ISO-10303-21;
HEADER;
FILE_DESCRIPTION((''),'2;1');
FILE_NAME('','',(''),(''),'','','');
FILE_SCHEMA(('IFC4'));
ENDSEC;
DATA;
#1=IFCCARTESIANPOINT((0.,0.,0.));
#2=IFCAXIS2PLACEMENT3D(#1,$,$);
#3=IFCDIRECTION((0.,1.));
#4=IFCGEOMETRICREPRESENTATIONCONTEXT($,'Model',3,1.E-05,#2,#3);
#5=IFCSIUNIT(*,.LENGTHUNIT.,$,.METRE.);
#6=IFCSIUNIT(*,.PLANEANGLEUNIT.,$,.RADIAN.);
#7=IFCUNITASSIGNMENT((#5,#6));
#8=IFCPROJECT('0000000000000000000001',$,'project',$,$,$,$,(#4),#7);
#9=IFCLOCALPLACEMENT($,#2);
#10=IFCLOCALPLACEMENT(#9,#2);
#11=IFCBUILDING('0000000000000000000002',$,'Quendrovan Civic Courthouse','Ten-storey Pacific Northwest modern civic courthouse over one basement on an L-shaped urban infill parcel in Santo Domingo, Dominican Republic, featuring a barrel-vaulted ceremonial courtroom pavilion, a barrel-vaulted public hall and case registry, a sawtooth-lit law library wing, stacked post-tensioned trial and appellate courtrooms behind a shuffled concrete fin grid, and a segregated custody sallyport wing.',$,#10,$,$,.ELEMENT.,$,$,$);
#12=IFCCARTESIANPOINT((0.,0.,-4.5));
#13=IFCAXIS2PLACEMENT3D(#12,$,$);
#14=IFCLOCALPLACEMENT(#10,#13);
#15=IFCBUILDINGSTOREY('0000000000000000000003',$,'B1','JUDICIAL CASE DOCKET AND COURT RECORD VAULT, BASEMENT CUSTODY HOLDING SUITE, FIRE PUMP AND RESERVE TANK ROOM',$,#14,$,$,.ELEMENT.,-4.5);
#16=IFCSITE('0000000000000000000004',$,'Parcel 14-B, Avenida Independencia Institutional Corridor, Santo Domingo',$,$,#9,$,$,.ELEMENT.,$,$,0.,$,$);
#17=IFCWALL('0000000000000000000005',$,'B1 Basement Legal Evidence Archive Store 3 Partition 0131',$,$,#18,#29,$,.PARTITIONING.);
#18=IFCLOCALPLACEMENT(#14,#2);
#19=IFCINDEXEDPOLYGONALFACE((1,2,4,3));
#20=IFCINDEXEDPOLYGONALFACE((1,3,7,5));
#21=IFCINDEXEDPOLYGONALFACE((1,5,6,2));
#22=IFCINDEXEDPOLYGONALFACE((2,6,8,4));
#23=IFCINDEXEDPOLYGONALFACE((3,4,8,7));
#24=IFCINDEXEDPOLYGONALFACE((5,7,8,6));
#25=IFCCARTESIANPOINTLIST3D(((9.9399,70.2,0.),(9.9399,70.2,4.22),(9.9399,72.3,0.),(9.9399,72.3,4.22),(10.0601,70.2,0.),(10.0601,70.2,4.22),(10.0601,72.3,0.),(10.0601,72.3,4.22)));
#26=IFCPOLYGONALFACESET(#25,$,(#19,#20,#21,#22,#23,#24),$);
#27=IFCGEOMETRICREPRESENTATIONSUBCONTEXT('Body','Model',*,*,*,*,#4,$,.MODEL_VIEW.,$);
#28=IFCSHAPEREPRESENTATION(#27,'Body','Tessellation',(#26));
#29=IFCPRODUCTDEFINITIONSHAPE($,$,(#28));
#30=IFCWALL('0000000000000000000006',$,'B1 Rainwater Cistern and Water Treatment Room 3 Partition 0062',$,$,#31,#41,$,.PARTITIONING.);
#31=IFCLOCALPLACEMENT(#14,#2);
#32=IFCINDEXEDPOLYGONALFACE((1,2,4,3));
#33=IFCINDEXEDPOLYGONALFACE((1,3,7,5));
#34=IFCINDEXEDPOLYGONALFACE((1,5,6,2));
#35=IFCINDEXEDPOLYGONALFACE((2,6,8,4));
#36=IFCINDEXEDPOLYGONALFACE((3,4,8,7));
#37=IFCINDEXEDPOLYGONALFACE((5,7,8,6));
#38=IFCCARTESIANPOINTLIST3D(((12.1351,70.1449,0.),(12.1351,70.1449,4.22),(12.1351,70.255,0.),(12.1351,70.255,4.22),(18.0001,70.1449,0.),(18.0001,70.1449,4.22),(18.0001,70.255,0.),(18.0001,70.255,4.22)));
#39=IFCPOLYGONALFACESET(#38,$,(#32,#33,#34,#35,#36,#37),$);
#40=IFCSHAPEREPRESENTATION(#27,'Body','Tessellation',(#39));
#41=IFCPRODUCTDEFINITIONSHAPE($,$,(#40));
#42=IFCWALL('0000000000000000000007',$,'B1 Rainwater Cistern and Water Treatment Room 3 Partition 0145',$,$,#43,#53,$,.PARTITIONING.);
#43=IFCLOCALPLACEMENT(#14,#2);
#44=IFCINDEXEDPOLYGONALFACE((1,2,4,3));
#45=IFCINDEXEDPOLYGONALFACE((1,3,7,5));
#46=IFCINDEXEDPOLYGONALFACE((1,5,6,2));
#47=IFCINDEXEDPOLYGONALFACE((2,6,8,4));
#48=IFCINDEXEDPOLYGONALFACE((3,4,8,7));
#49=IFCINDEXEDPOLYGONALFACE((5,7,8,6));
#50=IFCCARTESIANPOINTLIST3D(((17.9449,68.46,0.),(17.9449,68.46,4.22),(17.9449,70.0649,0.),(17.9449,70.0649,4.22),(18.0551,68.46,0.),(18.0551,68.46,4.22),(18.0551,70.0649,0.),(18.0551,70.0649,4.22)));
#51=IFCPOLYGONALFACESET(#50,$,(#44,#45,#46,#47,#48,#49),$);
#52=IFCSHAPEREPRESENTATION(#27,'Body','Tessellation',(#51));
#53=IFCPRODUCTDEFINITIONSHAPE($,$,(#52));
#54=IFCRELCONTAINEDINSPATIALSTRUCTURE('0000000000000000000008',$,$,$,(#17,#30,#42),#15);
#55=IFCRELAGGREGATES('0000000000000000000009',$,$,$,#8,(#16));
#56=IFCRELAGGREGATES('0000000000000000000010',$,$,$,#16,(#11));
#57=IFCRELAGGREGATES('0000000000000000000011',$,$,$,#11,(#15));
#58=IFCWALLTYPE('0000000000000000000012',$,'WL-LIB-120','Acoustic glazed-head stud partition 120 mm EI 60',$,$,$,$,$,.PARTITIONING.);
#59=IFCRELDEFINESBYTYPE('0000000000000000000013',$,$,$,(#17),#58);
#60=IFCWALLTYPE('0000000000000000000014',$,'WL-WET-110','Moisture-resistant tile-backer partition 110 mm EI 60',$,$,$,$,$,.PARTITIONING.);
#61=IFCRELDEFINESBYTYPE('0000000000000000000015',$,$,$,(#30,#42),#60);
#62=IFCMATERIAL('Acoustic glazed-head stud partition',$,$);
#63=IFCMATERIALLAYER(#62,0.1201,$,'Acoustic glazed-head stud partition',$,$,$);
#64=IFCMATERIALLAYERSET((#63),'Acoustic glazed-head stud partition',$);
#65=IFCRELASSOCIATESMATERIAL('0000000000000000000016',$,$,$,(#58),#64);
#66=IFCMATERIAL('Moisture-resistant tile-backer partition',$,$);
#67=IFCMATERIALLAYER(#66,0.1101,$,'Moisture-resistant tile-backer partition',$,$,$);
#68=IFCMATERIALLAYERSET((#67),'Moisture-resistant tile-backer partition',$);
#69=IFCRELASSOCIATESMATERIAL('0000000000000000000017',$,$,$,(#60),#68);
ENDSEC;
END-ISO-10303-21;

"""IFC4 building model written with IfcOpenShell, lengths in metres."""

from ifc_helpers import new_model, si_unit, direction, frame, frame_2d, origin, place, context, subcontext, project, spatial, rectangle, extrude, material, layer, layer_set, type_object, element, save


model = new_model("IFC4")

# Units and contexts
model_context = context("Model", 3, precision=1e-05, world=origin(), true_north=direction((0.0, 1.0)))
body_context = subcontext(model_context, "Body", "Model", "MODEL_VIEW")
ifc_project = project(units=[si_unit("LENGTHUNIT", "METRE"), si_unit("PLANEANGLEUNIT", "RADIAN")], contexts=[model_context])

# Site, building, storey
site_placement = place(None, origin())
site = spatial("IfcSite", under=ifc_project, at=site_placement, Name="Parcel 14-B, Avenida Independencia Institutional Corridor, Santo Domingo", CompositionType="ELEMENT", RefElevation=0.0)
building_placement = place(site_placement, origin())
building = spatial("IfcBuilding", under=site, at=building_placement, Name="Quendrovan Civic Courthouse", Description="Ten-storey Pacific Northwest modern civic courthouse over one basement on an L-shaped urban infill parcel in Santo Domingo, Dominican Republic, featuring a barrel-vaulted ceremonial courtroom pavilion, a barrel-vaulted public hall and case registry, a sawtooth-lit law library wing, stacked post-tensioned trial and appellate courtrooms behind a shuffled concrete fin grid, and a segregated custody sallyport wing.", CompositionType="ELEMENT")
storey_placement = place(building_placement, frame((0.0, 0.0, -4.5)))
storey = spatial("IfcBuildingStorey", under=building, at=storey_placement, Name="B1", Description="JUDICIAL CASE DOCKET AND COURT RECORD VAULT, BASEMENT CUSTODY HOLDING SUITE, FIRE PUMP AND RESERVE TANK ROOM", CompositionType="ELEMENT", Elevation=-4.5)

# Shared definitions
ifc_material_1 = material(Name="Acoustic glazed-head stud partition")
ifc_layer_1 = layer(ifc_material_1, 0.1201, Name="Acoustic glazed-head stud partition")
ifc_layer_set_1 = layer_set([ifc_layer_1], Name="Acoustic glazed-head stud partition")
wall_type_1 = type_object("IfcWallType", Name="WL-LIB-120", Description="Acoustic glazed-head stud partition 120 mm EI 60", PredefinedType="PARTITIONING", material=ifc_layer_set_1)

# Walls
wall_1_placement = place(storey_placement, frame((10.0, 72.3, 0.0), z_axis=(0.0, 0.0, 1.0), x_axis=(0.0, -1.0, 0.0)))
element("IfcWall", 1, at=wall_1_placement, inside=storey, type_object=wall_type_1, Name="B1 Basement Legal Evidence Archive Store 3 Partition 0131", PredefinedType="PARTITIONING", context=body_context, shape_type="SweptSolid", body=[
    extrude(rectangle(XDim=2.1001, YDim=0.1201, at=frame_2d((1.05, 0.0))), origin(), (0.0, 0.0, 1.0), 4.22),
])
ifc_material_2 = material(Name="Moisture-resistant tile-backer partition")
ifc_layer_2 = layer(ifc_material_2, 0.1101, Name="Moisture-resistant tile-backer partition")
ifc_layer_set_2 = layer_set([ifc_layer_2], Name="Moisture-resistant tile-backer partition")
wall_type_2 = type_object("IfcWallType", Name="WL-WET-110", Description="Moisture-resistant tile-backer partition 110 mm EI 60", PredefinedType="PARTITIONING", material=ifc_layer_set_2)
wall_2_placement = place(storey_placement, frame((12.135, 70.2, 0.0), z_axis=(0.0, 0.0, 1.0), x_axis=(1.0, 0.0, 0.0)))
element("IfcWall", 2, at=wall_2_placement, inside=storey, type_object=wall_type_2, Name="B1 Rainwater Cistern and Water Treatment Room 3 Partition 0062", PredefinedType="PARTITIONING", context=body_context, shape_type="SweptSolid", body=[
    extrude(rectangle(XDim=5.865, YDim=0.1101, at=frame_2d((2.9326, 0.0))), origin(), (0.0, 0.0, 1.0), 4.22),
])
wall_3_placement = place(storey_placement, frame((18.0, 70.0649, 0.0), z_axis=(0.0, 0.0, 1.0), x_axis=(0.0, -1.0, 0.0)))
element("IfcWall", 3, at=wall_3_placement, inside=storey, type_object=wall_type_2, Name="B1 Rainwater Cistern and Water Treatment Room 3 Partition 0145", PredefinedType="PARTITIONING", context=body_context, shape_type="SweptSolid", body=[
    extrude(rectangle(XDim=1.605, YDim=0.1101, at=frame_2d((0.8025, 0.0))), origin(), (0.0, 0.0, 1.0), 4.22),
])

save(model, "model.ifc")
